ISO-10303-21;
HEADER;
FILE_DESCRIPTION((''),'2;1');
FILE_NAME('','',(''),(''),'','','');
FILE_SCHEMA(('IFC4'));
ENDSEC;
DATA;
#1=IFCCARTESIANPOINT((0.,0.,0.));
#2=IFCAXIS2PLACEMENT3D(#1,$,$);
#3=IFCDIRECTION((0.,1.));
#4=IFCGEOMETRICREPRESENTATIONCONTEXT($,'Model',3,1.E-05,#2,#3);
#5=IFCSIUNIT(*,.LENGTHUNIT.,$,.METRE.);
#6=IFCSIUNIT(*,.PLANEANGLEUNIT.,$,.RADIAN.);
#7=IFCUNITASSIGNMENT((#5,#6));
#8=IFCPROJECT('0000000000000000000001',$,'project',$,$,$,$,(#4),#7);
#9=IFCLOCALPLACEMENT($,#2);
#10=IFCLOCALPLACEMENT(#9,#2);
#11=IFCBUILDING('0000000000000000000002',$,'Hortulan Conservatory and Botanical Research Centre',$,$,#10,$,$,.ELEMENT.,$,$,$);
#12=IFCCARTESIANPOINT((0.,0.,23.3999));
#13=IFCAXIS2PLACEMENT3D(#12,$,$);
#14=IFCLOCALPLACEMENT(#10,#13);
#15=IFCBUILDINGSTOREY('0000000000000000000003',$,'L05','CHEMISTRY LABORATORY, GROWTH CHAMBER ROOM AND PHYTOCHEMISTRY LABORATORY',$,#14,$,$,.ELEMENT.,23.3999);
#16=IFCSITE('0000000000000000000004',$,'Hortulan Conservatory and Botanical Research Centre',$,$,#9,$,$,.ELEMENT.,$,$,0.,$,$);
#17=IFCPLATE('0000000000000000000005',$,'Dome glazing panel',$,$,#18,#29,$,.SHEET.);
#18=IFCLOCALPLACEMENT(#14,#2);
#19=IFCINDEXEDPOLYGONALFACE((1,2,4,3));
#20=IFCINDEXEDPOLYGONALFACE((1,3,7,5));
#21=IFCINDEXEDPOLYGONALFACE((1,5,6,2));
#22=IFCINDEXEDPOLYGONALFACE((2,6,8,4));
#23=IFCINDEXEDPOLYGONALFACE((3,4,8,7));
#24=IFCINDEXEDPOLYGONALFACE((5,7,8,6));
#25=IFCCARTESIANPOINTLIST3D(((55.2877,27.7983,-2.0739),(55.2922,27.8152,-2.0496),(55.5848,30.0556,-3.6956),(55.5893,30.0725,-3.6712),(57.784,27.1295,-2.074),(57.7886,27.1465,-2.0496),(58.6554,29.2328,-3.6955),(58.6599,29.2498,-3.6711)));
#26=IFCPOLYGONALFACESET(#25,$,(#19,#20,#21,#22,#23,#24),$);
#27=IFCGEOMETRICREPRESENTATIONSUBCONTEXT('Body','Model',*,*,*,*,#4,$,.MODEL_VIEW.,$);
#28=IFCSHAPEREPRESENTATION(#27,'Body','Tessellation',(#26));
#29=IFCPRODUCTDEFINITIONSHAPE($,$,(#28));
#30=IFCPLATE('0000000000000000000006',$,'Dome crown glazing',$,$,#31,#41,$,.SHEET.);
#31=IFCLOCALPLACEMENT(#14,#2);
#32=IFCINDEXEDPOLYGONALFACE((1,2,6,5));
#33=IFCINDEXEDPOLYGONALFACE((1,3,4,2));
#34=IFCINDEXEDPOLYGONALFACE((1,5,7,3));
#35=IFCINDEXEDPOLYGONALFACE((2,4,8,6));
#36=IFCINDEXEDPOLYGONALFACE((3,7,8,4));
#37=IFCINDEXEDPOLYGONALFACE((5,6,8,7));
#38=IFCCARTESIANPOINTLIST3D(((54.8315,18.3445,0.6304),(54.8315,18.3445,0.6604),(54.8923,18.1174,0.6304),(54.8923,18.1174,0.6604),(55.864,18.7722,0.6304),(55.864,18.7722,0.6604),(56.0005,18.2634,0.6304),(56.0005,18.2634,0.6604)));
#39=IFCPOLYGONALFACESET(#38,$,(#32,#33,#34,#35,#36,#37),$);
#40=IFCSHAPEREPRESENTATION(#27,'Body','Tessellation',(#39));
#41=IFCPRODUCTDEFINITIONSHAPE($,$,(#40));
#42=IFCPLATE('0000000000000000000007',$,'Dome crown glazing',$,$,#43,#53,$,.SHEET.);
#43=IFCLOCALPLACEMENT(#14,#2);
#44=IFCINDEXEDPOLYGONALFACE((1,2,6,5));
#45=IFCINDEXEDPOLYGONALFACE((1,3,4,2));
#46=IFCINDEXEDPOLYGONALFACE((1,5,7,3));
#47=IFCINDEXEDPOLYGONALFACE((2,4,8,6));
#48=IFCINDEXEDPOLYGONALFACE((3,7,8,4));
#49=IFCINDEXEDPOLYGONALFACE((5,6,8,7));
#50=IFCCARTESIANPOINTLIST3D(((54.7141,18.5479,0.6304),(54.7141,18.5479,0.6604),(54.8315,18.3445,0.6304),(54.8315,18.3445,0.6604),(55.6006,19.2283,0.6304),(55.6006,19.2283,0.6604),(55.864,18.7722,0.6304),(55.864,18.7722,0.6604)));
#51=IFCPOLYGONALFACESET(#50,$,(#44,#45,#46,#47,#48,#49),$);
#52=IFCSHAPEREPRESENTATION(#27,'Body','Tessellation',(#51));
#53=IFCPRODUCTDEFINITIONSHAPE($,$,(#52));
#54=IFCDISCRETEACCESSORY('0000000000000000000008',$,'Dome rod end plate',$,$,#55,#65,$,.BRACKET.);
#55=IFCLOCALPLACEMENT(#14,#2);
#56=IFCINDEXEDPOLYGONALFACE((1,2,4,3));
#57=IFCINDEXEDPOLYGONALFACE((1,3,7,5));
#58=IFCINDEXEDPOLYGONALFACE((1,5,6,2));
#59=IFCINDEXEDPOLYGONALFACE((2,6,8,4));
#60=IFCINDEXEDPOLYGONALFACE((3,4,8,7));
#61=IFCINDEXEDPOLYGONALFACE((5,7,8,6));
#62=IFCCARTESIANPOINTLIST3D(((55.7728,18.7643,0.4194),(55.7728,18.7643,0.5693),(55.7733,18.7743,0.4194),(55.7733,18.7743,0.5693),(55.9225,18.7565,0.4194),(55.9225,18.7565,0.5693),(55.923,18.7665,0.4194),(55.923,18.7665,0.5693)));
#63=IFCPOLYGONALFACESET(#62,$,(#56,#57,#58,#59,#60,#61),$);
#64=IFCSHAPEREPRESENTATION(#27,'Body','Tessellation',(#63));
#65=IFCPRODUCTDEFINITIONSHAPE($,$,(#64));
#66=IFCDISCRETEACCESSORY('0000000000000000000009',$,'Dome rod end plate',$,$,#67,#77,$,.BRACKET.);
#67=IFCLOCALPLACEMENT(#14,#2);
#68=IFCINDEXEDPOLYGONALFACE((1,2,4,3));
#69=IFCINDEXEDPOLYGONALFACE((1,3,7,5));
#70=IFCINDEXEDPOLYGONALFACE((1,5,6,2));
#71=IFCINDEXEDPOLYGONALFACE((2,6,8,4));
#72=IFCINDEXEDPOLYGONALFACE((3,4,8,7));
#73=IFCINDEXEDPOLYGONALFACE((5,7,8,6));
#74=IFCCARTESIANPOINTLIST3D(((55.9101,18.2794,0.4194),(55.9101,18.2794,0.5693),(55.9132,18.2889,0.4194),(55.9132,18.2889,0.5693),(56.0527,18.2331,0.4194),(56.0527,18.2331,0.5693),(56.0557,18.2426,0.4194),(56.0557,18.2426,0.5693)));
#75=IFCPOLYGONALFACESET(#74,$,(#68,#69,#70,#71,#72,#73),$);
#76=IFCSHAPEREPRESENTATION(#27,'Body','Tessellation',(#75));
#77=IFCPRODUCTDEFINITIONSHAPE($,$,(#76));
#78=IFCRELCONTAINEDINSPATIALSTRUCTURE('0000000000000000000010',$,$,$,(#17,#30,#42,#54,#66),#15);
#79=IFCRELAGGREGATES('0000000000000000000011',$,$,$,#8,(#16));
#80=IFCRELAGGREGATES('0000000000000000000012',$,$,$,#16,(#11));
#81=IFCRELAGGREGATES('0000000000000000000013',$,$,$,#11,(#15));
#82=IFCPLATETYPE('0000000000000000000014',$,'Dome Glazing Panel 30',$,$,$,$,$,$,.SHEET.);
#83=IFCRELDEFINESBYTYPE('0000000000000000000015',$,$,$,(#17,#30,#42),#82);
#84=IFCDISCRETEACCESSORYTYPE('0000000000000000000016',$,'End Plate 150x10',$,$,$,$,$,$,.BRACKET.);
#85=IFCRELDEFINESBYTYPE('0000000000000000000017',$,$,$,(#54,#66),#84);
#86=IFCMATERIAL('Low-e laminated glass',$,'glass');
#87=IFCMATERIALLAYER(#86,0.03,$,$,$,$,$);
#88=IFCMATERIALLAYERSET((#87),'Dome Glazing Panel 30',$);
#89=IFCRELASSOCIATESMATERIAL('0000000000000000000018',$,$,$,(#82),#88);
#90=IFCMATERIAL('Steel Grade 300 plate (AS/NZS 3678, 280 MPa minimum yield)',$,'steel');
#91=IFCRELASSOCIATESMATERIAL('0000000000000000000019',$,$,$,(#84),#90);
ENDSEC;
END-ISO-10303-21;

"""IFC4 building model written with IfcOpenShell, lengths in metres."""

from ifc_helpers import new_model, si_unit, direction, frame, origin, origin_2d, place, context, subcontext, project, spatial, polyline, rectangle, outline, extrude, material, layer, layer_set, type_object, element, save


model = new_model("IFC4")

# Units and contexts
model_context = context("Model", 3, precision=1e-05, world=origin(), true_north=direction((0.0, 1.0)))
body_context = subcontext(model_context, "Body", "Model", "MODEL_VIEW")
ifc_project = project(units=[si_unit("LENGTHUNIT", "METRE"), si_unit("PLANEANGLEUNIT", "RADIAN")], contexts=[model_context])

# Site, building, storey
site_placement = place(None, origin())
site = spatial("IfcSite", under=ifc_project, at=site_placement, Name="Hortulan Conservatory and Botanical Research Centre", CompositionType="ELEMENT", RefElevation=0.0)
building_placement = place(site_placement, origin())
building = spatial("IfcBuilding", under=site, at=building_placement, Name="Hortulan Conservatory and Botanical Research Centre", CompositionType="ELEMENT")
storey_placement = place(building_placement, frame((0.0, 0.0, 23.3999)))
storey = spatial("IfcBuildingStorey", under=building, at=storey_placement, Name="L05", Description="CHEMISTRY LABORATORY, GROWTH CHAMBER ROOM AND PHYTOCHEMISTRY LABORATORY", CompositionType="ELEMENT", Elevation=23.3999)

# Plates
ifc_material_1 = material(Name="Low-e laminated glass", Category="glass")
ifc_layer = layer(ifc_material_1, 0.03)
ifc_layer_set = layer_set([ifc_layer], Name="Dome Glazing Panel 30")
plate_type = type_object("IfcPlateType", Name="Dome Glazing Panel 30", PredefinedType="SHEET", material=ifc_layer_set)
plate_1_placement = place(storey_placement, frame((58.6599, 29.2498, -3.6711), z_axis=(0.15099, 0.563573, 0.81215), x_axis=(-0.965929, 0.258809, -0.000015)))
element("IfcPlate", 1, at=plate_1_placement, inside=storey, type_object=plate_type, Name="Dome glazing panel", PredefinedType="SHEET", context=body_context, shape_type="SweptSolid", body=[
    extrude(outline(polyline([(0.0, 0.0), (3.1789, 0.0), (2.8816, 2.7794), (0.2973, 2.7792), (0.0, 0.0)])), origin(), (0.0, 0.0, -1.0), 0.03),
])
plate_2_placement = place(storey_placement, frame((56.0005, 18.2634, 0.6604), z_axis=(0.0, 0.0, 1.0), x_axis=(-0.259076, 0.965857, 0.0)))
element("IfcPlate", 2, at=plate_2_placement, inside=storey, type_object=plate_type, Name="Dome crown glazing", PredefinedType="SHEET", context=body_context, shape_type="SweptSolid", body=[
    extrude(outline(polyline([(0.0, 0.0), (0.5268, 0.0), (0.3811, 1.108), (0.1461, 1.1081), (0.0, 0.0)])), origin(), (0.0, 0.0, -1.0), 0.03),
])
plate_3_placement = place(storey_placement, frame((55.864, 18.7722, 0.6604), z_axis=(0.0, 0.0, 1.0), x_axis=(-0.500177, 0.865923, 0.0)))
element("IfcPlate", 3, at=plate_3_placement, inside=storey, type_object=plate_type, Name="Dome crown glazing", PredefinedType="SHEET", context=body_context, shape_type="SweptSolid", body=[
    extrude(outline(polyline([(0.0, 0.0), (0.5267, 0.0), (0.3809, 1.1079), (0.146, 1.108), (0.0, 0.0)])), origin(), (0.0, 0.0, -1.0), 0.03),
])

# Discrete accessories
ifc_material_2 = material(Name="Steel Grade 300 plate (AS/NZS 3678, 280 MPa minimum yield)", Category="steel")
discrete_accessory_type = type_object("IfcDiscreteAccessoryType", Name="End Plate 150x10", PredefinedType="BRACKET", material=ifc_material_2)
for number, where, z_axis, x_axis, name in (
    (4, (55.8479, 18.7654, 0.4194), (0.0, 0.0, 1.0), (0.998657, -0.051813, 0.0), "Dome rod end plate"),
    (5, (55.9829, 18.261, 0.4194), (0.0, 0.0, 1.0), (0.951213, -0.308536, 0.0), "Dome rod end plate"),
):
    element("IfcDiscreteAccessory", number, at=place(storey_placement, frame(where, z_axis=z_axis, x_axis=x_axis)), inside=storey, type_object=discrete_accessory_type, Name=name, PredefinedType="BRACKET", context=body_context, shape_type="SweptSolid", body=[
        extrude(rectangle(XDim=0.1499, YDim=0.01, at=origin_2d()), origin(), (0.0, 0.0, 1.0), 0.1499),
    ])

save(model, "model.ifc")
